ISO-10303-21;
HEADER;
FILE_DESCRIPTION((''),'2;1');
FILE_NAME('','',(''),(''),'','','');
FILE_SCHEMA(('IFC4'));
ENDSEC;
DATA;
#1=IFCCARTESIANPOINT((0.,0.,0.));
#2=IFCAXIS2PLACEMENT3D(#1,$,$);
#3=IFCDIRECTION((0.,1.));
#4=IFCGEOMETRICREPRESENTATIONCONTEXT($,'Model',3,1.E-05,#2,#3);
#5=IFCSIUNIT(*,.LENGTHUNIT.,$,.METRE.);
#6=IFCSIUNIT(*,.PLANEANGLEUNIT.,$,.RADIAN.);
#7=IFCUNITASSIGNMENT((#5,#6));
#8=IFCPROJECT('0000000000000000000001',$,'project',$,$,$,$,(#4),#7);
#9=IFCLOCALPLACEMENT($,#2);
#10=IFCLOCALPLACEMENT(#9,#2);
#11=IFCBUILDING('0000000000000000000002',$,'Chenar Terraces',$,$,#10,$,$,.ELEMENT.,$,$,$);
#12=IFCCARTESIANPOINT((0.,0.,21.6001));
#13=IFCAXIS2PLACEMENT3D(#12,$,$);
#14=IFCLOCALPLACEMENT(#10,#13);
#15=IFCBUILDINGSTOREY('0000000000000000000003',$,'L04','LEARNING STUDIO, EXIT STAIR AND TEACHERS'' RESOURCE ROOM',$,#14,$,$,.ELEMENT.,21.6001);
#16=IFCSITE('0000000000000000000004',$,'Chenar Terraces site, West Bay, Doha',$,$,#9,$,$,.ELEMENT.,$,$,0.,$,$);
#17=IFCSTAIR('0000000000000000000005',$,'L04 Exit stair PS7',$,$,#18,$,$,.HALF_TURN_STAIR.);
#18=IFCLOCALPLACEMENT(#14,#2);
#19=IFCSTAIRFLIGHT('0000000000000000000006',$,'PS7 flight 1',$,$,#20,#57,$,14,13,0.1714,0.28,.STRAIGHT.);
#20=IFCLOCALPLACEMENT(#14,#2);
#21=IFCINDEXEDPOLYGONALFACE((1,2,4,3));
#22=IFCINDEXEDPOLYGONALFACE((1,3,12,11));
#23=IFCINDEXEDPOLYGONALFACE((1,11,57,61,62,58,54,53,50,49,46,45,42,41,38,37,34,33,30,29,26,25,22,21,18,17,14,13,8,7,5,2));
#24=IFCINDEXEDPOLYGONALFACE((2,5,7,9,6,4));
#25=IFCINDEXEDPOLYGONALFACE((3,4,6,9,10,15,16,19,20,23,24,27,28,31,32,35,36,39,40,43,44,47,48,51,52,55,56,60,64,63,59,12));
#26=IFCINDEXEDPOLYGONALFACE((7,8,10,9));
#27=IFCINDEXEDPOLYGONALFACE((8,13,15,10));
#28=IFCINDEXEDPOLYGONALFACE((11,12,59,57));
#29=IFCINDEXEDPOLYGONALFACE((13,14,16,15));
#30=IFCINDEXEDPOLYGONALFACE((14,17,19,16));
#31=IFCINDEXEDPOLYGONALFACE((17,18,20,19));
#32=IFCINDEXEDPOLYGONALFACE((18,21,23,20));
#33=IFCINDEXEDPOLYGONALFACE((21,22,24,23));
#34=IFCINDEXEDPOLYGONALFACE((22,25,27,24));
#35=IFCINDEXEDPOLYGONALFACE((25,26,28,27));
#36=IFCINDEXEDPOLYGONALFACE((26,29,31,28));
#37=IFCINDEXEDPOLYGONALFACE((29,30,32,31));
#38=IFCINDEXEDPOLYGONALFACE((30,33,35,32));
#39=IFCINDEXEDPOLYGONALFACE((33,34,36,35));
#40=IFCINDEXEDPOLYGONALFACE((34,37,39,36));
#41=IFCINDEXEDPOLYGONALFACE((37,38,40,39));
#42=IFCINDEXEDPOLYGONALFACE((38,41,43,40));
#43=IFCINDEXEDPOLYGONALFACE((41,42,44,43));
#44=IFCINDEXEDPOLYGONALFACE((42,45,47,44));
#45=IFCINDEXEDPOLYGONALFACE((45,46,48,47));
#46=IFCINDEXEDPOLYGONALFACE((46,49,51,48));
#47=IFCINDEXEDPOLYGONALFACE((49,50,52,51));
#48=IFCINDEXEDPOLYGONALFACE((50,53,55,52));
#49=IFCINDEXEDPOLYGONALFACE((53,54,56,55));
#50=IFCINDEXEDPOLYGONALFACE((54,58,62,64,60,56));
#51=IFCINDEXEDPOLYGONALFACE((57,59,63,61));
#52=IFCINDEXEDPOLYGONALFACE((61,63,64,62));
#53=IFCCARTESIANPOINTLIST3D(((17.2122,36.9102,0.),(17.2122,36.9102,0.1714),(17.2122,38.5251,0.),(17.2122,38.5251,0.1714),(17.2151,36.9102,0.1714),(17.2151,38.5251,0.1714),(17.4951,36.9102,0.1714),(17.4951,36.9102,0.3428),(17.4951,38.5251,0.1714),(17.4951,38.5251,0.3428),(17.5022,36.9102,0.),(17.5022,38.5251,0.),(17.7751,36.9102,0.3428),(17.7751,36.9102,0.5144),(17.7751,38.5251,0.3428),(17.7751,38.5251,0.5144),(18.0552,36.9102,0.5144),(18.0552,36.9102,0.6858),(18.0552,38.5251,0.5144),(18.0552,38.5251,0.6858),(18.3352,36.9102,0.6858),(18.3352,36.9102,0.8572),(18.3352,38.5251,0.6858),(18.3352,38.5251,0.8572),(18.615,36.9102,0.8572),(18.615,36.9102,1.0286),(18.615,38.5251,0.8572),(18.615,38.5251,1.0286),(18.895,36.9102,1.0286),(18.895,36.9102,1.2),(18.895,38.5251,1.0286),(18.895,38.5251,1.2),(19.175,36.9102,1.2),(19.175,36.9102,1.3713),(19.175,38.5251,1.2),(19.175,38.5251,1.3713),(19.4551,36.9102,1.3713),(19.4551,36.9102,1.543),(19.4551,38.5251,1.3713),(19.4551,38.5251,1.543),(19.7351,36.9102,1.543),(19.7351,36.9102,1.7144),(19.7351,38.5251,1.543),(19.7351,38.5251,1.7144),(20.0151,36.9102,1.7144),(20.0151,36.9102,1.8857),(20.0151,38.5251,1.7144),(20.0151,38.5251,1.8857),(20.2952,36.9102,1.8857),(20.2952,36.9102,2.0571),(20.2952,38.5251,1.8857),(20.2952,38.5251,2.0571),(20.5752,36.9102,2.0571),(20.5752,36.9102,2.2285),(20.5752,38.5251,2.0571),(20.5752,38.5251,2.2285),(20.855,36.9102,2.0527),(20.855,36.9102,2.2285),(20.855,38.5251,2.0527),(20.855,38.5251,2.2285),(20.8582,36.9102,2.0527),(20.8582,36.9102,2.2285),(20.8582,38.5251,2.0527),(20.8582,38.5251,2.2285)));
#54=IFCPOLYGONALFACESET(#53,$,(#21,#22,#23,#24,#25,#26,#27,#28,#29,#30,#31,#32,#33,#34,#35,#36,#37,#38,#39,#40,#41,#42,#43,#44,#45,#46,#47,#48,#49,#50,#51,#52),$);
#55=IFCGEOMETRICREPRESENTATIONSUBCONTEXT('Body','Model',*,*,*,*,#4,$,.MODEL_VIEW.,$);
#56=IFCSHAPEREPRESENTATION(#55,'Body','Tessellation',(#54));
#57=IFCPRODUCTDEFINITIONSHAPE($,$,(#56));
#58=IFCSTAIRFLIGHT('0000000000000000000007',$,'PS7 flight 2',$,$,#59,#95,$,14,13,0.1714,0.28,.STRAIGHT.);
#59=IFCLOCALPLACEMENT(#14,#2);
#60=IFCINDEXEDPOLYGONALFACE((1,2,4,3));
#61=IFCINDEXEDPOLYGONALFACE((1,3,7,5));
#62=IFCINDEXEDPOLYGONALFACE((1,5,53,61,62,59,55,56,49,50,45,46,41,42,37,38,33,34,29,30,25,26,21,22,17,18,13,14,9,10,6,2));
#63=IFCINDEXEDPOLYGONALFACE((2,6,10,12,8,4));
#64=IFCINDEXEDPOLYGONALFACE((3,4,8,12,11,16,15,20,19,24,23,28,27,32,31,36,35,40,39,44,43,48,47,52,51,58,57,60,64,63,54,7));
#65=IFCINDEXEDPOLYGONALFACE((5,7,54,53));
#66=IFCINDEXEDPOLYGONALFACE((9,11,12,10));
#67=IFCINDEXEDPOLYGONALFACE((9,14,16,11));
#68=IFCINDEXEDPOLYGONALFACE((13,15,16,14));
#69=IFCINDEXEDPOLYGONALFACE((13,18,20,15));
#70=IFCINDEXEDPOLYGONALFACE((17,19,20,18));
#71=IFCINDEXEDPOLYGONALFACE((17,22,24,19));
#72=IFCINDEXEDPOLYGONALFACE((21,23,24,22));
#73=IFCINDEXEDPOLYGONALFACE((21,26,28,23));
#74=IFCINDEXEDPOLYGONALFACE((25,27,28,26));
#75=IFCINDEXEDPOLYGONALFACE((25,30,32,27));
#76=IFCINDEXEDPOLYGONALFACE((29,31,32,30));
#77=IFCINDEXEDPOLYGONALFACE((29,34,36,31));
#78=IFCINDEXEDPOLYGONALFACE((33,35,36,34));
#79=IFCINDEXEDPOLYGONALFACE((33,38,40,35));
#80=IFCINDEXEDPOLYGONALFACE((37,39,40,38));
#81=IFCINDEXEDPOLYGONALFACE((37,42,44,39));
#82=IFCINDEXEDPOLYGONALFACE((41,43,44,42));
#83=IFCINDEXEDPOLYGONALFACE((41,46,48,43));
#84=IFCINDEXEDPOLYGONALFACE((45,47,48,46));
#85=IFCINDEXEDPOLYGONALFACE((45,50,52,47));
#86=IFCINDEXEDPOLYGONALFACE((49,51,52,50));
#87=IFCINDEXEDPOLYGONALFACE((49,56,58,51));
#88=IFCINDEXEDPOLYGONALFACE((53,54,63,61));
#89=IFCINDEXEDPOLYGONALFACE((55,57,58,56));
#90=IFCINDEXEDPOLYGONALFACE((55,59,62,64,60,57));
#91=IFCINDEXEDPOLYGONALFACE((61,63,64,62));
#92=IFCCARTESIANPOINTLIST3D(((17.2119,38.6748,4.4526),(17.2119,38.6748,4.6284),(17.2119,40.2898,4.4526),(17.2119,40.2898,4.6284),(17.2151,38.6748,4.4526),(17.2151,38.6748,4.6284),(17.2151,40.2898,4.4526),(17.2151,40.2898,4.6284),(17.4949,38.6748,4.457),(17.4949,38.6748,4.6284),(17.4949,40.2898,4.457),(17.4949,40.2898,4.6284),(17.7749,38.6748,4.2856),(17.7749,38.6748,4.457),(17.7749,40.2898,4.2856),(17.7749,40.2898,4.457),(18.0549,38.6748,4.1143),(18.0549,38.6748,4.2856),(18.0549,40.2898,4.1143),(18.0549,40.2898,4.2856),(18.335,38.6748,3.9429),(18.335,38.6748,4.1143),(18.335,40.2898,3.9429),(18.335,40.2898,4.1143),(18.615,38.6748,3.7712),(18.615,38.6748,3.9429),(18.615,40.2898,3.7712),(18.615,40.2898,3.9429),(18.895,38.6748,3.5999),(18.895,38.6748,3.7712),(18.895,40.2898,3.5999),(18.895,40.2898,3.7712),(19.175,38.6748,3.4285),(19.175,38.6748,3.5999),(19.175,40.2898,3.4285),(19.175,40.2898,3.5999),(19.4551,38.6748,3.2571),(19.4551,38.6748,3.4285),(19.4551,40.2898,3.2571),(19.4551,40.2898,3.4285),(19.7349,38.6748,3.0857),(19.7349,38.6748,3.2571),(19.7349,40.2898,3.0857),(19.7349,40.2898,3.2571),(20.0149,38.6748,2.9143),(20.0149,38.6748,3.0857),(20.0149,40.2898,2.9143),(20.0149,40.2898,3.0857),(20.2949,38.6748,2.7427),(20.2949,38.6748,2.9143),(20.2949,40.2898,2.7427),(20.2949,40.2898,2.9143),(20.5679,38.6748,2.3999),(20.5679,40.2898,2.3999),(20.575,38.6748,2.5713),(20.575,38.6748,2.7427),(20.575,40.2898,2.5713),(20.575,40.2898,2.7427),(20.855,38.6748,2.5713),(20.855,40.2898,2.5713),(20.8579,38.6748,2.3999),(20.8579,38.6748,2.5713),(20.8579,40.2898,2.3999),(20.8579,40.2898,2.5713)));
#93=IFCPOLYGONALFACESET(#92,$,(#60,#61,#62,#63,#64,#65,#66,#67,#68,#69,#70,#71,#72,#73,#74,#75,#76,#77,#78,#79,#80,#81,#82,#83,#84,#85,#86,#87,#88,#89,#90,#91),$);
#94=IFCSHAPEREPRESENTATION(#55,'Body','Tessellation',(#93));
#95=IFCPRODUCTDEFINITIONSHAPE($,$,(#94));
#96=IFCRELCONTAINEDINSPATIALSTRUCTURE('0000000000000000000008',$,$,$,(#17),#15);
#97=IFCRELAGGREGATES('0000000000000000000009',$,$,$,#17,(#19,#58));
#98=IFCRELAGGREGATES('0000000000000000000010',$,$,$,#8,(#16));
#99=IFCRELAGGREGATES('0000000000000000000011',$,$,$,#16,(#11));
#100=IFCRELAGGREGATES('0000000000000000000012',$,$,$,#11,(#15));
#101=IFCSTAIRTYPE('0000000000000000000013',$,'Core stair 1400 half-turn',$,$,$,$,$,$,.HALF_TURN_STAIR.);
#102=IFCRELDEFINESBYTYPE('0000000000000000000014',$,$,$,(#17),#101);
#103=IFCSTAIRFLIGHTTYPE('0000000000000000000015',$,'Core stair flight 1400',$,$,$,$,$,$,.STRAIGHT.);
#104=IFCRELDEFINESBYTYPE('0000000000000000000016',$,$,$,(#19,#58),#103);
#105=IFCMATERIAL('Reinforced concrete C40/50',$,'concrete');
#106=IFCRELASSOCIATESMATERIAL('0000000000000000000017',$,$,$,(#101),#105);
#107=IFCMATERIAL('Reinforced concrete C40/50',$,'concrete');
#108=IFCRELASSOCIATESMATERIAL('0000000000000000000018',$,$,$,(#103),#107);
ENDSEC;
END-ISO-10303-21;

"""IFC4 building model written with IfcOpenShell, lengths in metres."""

from ifc_helpers import new_model, si_unit, direction, frame, origin, place, context, subcontext, project, spatial, polyline, outline, extrude, material, type_object, element, aggregate, save


model = new_model("IFC4")

# Units and contexts
model_context = context("Model", 3, precision=1e-05, world=origin(), true_north=direction((0.0, 1.0)))
body_context = subcontext(model_context, "Body", "Model", "MODEL_VIEW")
ifc_project = project(units=[si_unit("LENGTHUNIT", "METRE"), si_unit("PLANEANGLEUNIT", "RADIAN")], contexts=[model_context])

# Site, building, storey
site_placement = place(None, origin())
site = spatial("IfcSite", under=ifc_project, at=site_placement, Name="Chenar Terraces site, West Bay, Doha", CompositionType="ELEMENT", RefElevation=0.0)
building_placement = place(site_placement, origin())
building = spatial("IfcBuilding", under=site, at=building_placement, Name="Chenar Terraces", CompositionType="ELEMENT")
storey_placement = place(building_placement, frame((0.0, 0.0, 21.6001)))
storey = spatial("IfcBuildingStorey", under=building, at=storey_placement, Name="L04", Description="LEARNING STUDIO, EXIT STAIR AND TEACHERS' RESOURCE ROOM", CompositionType="ELEMENT", Elevation=21.6001)

# Stair, stair flights
ifc_material_1 = material(Name="Reinforced concrete C40/50", Category="concrete")
stair_type = type_object("IfcStairType", Name="Core stair 1400 half-turn", PredefinedType="HALF_TURN_STAIR", material=ifc_material_1)
stair_placement = place(storey_placement, origin())
stair = element("IfcStair", 1, at=stair_placement, inside=storey, type_object=stair_type, Name="L04 Exit stair PS7", PredefinedType="HALF_TURN_STAIR")
ifc_material_2 = material(Name="Reinforced concrete C40/50", Category="concrete")
stair_flight_type = type_object("IfcStairFlightType", Name="Core stair flight 1400", PredefinedType="STRAIGHT", material=ifc_material_2)
stair_flight_1_placement = place(storey_placement, frame((17.2151, 37.7175, 0.0), z_axis=(0.0, 0.0, 1.0), x_axis=(1.0, 0.0, 0.0)))
stair_flight_1 = element("IfcStairFlight", 2, at=stair_flight_1_placement, type_object=stair_flight_type, Name="PS7 flight 1", NumberOfRisers=14, NumberOfTreads=13, PredefinedType="STRAIGHT", RiserHeight=0.1714, TreadLength=0.28, context=body_context, shape_type="SweptSolid", body=[
    extrude(outline(polyline([(-0.0029, 0.0), (-0.0029, 0.1714), (0.0, 0.1714), (0.28, 0.1714), (0.28, 0.3428), (0.5601, 0.3428), (0.5601, 0.5144), (0.8401, 0.5144), (0.8401, 0.6858), (1.1201, 0.6858), (1.1201, 0.8572), (1.3999, 0.8572), (1.3999, 1.0286), (1.6799, 1.0286), (1.6799, 1.2), (1.96, 1.2), (1.96, 1.3713), (2.24, 1.3713), (2.24, 1.543), (2.52, 1.543), (2.52, 1.7144), (2.8, 1.7144), (2.8, 1.8857), (3.0801, 1.8857), (3.0801, 2.0571), (3.3601, 2.0571), (3.3601, 2.2285), (3.6399, 2.2285), (3.6431, 2.2285), (3.6431, 2.0527), (3.6399, 2.0527), (0.2871, 0.0), (-0.0029, 0.0)])), frame((0.0, 0.8076, 0.0), z_axis=(0.0, -1.0, 0.0), x_axis=(1.0, 0.0, 0.0)), (0.0, 0.0, 1.0), 1.615),
])
stair_flight_2_placement = place(storey_placement, frame((20.855, 39.4824, 2.3999), z_axis=(0.0, 0.0, 1.0), x_axis=(-1.0, 0.0, 0.0)))
stair_flight_2 = element("IfcStairFlight", 3, at=stair_flight_2_placement, type_object=stair_flight_type, Name="PS7 flight 2", NumberOfRisers=14, NumberOfTreads=13, PredefinedType="STRAIGHT", RiserHeight=0.1714, TreadLength=0.28, context=body_context, shape_type="SweptSolid", body=[
    extrude(outline(polyline([(-0.0029, 0.0), (-0.0029, 0.1714), (0.0, 0.1714), (0.28, 0.1714), (0.28, 0.3428), (0.5601, 0.3428), (0.5601, 0.5144), (0.8401, 0.5144), (0.8401, 0.6858), (1.1201, 0.6858), (1.1201, 0.8572), (1.3999, 0.8572), (1.3999, 1.0286), (1.6799, 1.0286), (1.6799, 1.2), (1.96, 1.2), (1.96, 1.3713), (2.24, 1.3713), (2.24, 1.543), (2.52, 1.543), (2.52, 1.7144), (2.8, 1.7144), (2.8, 1.8857), (3.0801, 1.8857), (3.0801, 2.0571), (3.3601, 2.0571), (3.3601, 2.2285), (3.6399, 2.2285), (3.6431, 2.2285), (3.6431, 2.0527), (3.6399, 2.0527), (0.2871, 0.0), (-0.0029, 0.0)])), frame((0.0, 0.8076, 0.0), z_axis=(0.0, -1.0, 0.0), x_axis=(1.0, 0.0, 0.0)), (0.0, 0.0, 1.0), 1.615),
])
aggregate(stair, [stair_flight_1, stair_flight_2])

save(model, "model.ifc")
